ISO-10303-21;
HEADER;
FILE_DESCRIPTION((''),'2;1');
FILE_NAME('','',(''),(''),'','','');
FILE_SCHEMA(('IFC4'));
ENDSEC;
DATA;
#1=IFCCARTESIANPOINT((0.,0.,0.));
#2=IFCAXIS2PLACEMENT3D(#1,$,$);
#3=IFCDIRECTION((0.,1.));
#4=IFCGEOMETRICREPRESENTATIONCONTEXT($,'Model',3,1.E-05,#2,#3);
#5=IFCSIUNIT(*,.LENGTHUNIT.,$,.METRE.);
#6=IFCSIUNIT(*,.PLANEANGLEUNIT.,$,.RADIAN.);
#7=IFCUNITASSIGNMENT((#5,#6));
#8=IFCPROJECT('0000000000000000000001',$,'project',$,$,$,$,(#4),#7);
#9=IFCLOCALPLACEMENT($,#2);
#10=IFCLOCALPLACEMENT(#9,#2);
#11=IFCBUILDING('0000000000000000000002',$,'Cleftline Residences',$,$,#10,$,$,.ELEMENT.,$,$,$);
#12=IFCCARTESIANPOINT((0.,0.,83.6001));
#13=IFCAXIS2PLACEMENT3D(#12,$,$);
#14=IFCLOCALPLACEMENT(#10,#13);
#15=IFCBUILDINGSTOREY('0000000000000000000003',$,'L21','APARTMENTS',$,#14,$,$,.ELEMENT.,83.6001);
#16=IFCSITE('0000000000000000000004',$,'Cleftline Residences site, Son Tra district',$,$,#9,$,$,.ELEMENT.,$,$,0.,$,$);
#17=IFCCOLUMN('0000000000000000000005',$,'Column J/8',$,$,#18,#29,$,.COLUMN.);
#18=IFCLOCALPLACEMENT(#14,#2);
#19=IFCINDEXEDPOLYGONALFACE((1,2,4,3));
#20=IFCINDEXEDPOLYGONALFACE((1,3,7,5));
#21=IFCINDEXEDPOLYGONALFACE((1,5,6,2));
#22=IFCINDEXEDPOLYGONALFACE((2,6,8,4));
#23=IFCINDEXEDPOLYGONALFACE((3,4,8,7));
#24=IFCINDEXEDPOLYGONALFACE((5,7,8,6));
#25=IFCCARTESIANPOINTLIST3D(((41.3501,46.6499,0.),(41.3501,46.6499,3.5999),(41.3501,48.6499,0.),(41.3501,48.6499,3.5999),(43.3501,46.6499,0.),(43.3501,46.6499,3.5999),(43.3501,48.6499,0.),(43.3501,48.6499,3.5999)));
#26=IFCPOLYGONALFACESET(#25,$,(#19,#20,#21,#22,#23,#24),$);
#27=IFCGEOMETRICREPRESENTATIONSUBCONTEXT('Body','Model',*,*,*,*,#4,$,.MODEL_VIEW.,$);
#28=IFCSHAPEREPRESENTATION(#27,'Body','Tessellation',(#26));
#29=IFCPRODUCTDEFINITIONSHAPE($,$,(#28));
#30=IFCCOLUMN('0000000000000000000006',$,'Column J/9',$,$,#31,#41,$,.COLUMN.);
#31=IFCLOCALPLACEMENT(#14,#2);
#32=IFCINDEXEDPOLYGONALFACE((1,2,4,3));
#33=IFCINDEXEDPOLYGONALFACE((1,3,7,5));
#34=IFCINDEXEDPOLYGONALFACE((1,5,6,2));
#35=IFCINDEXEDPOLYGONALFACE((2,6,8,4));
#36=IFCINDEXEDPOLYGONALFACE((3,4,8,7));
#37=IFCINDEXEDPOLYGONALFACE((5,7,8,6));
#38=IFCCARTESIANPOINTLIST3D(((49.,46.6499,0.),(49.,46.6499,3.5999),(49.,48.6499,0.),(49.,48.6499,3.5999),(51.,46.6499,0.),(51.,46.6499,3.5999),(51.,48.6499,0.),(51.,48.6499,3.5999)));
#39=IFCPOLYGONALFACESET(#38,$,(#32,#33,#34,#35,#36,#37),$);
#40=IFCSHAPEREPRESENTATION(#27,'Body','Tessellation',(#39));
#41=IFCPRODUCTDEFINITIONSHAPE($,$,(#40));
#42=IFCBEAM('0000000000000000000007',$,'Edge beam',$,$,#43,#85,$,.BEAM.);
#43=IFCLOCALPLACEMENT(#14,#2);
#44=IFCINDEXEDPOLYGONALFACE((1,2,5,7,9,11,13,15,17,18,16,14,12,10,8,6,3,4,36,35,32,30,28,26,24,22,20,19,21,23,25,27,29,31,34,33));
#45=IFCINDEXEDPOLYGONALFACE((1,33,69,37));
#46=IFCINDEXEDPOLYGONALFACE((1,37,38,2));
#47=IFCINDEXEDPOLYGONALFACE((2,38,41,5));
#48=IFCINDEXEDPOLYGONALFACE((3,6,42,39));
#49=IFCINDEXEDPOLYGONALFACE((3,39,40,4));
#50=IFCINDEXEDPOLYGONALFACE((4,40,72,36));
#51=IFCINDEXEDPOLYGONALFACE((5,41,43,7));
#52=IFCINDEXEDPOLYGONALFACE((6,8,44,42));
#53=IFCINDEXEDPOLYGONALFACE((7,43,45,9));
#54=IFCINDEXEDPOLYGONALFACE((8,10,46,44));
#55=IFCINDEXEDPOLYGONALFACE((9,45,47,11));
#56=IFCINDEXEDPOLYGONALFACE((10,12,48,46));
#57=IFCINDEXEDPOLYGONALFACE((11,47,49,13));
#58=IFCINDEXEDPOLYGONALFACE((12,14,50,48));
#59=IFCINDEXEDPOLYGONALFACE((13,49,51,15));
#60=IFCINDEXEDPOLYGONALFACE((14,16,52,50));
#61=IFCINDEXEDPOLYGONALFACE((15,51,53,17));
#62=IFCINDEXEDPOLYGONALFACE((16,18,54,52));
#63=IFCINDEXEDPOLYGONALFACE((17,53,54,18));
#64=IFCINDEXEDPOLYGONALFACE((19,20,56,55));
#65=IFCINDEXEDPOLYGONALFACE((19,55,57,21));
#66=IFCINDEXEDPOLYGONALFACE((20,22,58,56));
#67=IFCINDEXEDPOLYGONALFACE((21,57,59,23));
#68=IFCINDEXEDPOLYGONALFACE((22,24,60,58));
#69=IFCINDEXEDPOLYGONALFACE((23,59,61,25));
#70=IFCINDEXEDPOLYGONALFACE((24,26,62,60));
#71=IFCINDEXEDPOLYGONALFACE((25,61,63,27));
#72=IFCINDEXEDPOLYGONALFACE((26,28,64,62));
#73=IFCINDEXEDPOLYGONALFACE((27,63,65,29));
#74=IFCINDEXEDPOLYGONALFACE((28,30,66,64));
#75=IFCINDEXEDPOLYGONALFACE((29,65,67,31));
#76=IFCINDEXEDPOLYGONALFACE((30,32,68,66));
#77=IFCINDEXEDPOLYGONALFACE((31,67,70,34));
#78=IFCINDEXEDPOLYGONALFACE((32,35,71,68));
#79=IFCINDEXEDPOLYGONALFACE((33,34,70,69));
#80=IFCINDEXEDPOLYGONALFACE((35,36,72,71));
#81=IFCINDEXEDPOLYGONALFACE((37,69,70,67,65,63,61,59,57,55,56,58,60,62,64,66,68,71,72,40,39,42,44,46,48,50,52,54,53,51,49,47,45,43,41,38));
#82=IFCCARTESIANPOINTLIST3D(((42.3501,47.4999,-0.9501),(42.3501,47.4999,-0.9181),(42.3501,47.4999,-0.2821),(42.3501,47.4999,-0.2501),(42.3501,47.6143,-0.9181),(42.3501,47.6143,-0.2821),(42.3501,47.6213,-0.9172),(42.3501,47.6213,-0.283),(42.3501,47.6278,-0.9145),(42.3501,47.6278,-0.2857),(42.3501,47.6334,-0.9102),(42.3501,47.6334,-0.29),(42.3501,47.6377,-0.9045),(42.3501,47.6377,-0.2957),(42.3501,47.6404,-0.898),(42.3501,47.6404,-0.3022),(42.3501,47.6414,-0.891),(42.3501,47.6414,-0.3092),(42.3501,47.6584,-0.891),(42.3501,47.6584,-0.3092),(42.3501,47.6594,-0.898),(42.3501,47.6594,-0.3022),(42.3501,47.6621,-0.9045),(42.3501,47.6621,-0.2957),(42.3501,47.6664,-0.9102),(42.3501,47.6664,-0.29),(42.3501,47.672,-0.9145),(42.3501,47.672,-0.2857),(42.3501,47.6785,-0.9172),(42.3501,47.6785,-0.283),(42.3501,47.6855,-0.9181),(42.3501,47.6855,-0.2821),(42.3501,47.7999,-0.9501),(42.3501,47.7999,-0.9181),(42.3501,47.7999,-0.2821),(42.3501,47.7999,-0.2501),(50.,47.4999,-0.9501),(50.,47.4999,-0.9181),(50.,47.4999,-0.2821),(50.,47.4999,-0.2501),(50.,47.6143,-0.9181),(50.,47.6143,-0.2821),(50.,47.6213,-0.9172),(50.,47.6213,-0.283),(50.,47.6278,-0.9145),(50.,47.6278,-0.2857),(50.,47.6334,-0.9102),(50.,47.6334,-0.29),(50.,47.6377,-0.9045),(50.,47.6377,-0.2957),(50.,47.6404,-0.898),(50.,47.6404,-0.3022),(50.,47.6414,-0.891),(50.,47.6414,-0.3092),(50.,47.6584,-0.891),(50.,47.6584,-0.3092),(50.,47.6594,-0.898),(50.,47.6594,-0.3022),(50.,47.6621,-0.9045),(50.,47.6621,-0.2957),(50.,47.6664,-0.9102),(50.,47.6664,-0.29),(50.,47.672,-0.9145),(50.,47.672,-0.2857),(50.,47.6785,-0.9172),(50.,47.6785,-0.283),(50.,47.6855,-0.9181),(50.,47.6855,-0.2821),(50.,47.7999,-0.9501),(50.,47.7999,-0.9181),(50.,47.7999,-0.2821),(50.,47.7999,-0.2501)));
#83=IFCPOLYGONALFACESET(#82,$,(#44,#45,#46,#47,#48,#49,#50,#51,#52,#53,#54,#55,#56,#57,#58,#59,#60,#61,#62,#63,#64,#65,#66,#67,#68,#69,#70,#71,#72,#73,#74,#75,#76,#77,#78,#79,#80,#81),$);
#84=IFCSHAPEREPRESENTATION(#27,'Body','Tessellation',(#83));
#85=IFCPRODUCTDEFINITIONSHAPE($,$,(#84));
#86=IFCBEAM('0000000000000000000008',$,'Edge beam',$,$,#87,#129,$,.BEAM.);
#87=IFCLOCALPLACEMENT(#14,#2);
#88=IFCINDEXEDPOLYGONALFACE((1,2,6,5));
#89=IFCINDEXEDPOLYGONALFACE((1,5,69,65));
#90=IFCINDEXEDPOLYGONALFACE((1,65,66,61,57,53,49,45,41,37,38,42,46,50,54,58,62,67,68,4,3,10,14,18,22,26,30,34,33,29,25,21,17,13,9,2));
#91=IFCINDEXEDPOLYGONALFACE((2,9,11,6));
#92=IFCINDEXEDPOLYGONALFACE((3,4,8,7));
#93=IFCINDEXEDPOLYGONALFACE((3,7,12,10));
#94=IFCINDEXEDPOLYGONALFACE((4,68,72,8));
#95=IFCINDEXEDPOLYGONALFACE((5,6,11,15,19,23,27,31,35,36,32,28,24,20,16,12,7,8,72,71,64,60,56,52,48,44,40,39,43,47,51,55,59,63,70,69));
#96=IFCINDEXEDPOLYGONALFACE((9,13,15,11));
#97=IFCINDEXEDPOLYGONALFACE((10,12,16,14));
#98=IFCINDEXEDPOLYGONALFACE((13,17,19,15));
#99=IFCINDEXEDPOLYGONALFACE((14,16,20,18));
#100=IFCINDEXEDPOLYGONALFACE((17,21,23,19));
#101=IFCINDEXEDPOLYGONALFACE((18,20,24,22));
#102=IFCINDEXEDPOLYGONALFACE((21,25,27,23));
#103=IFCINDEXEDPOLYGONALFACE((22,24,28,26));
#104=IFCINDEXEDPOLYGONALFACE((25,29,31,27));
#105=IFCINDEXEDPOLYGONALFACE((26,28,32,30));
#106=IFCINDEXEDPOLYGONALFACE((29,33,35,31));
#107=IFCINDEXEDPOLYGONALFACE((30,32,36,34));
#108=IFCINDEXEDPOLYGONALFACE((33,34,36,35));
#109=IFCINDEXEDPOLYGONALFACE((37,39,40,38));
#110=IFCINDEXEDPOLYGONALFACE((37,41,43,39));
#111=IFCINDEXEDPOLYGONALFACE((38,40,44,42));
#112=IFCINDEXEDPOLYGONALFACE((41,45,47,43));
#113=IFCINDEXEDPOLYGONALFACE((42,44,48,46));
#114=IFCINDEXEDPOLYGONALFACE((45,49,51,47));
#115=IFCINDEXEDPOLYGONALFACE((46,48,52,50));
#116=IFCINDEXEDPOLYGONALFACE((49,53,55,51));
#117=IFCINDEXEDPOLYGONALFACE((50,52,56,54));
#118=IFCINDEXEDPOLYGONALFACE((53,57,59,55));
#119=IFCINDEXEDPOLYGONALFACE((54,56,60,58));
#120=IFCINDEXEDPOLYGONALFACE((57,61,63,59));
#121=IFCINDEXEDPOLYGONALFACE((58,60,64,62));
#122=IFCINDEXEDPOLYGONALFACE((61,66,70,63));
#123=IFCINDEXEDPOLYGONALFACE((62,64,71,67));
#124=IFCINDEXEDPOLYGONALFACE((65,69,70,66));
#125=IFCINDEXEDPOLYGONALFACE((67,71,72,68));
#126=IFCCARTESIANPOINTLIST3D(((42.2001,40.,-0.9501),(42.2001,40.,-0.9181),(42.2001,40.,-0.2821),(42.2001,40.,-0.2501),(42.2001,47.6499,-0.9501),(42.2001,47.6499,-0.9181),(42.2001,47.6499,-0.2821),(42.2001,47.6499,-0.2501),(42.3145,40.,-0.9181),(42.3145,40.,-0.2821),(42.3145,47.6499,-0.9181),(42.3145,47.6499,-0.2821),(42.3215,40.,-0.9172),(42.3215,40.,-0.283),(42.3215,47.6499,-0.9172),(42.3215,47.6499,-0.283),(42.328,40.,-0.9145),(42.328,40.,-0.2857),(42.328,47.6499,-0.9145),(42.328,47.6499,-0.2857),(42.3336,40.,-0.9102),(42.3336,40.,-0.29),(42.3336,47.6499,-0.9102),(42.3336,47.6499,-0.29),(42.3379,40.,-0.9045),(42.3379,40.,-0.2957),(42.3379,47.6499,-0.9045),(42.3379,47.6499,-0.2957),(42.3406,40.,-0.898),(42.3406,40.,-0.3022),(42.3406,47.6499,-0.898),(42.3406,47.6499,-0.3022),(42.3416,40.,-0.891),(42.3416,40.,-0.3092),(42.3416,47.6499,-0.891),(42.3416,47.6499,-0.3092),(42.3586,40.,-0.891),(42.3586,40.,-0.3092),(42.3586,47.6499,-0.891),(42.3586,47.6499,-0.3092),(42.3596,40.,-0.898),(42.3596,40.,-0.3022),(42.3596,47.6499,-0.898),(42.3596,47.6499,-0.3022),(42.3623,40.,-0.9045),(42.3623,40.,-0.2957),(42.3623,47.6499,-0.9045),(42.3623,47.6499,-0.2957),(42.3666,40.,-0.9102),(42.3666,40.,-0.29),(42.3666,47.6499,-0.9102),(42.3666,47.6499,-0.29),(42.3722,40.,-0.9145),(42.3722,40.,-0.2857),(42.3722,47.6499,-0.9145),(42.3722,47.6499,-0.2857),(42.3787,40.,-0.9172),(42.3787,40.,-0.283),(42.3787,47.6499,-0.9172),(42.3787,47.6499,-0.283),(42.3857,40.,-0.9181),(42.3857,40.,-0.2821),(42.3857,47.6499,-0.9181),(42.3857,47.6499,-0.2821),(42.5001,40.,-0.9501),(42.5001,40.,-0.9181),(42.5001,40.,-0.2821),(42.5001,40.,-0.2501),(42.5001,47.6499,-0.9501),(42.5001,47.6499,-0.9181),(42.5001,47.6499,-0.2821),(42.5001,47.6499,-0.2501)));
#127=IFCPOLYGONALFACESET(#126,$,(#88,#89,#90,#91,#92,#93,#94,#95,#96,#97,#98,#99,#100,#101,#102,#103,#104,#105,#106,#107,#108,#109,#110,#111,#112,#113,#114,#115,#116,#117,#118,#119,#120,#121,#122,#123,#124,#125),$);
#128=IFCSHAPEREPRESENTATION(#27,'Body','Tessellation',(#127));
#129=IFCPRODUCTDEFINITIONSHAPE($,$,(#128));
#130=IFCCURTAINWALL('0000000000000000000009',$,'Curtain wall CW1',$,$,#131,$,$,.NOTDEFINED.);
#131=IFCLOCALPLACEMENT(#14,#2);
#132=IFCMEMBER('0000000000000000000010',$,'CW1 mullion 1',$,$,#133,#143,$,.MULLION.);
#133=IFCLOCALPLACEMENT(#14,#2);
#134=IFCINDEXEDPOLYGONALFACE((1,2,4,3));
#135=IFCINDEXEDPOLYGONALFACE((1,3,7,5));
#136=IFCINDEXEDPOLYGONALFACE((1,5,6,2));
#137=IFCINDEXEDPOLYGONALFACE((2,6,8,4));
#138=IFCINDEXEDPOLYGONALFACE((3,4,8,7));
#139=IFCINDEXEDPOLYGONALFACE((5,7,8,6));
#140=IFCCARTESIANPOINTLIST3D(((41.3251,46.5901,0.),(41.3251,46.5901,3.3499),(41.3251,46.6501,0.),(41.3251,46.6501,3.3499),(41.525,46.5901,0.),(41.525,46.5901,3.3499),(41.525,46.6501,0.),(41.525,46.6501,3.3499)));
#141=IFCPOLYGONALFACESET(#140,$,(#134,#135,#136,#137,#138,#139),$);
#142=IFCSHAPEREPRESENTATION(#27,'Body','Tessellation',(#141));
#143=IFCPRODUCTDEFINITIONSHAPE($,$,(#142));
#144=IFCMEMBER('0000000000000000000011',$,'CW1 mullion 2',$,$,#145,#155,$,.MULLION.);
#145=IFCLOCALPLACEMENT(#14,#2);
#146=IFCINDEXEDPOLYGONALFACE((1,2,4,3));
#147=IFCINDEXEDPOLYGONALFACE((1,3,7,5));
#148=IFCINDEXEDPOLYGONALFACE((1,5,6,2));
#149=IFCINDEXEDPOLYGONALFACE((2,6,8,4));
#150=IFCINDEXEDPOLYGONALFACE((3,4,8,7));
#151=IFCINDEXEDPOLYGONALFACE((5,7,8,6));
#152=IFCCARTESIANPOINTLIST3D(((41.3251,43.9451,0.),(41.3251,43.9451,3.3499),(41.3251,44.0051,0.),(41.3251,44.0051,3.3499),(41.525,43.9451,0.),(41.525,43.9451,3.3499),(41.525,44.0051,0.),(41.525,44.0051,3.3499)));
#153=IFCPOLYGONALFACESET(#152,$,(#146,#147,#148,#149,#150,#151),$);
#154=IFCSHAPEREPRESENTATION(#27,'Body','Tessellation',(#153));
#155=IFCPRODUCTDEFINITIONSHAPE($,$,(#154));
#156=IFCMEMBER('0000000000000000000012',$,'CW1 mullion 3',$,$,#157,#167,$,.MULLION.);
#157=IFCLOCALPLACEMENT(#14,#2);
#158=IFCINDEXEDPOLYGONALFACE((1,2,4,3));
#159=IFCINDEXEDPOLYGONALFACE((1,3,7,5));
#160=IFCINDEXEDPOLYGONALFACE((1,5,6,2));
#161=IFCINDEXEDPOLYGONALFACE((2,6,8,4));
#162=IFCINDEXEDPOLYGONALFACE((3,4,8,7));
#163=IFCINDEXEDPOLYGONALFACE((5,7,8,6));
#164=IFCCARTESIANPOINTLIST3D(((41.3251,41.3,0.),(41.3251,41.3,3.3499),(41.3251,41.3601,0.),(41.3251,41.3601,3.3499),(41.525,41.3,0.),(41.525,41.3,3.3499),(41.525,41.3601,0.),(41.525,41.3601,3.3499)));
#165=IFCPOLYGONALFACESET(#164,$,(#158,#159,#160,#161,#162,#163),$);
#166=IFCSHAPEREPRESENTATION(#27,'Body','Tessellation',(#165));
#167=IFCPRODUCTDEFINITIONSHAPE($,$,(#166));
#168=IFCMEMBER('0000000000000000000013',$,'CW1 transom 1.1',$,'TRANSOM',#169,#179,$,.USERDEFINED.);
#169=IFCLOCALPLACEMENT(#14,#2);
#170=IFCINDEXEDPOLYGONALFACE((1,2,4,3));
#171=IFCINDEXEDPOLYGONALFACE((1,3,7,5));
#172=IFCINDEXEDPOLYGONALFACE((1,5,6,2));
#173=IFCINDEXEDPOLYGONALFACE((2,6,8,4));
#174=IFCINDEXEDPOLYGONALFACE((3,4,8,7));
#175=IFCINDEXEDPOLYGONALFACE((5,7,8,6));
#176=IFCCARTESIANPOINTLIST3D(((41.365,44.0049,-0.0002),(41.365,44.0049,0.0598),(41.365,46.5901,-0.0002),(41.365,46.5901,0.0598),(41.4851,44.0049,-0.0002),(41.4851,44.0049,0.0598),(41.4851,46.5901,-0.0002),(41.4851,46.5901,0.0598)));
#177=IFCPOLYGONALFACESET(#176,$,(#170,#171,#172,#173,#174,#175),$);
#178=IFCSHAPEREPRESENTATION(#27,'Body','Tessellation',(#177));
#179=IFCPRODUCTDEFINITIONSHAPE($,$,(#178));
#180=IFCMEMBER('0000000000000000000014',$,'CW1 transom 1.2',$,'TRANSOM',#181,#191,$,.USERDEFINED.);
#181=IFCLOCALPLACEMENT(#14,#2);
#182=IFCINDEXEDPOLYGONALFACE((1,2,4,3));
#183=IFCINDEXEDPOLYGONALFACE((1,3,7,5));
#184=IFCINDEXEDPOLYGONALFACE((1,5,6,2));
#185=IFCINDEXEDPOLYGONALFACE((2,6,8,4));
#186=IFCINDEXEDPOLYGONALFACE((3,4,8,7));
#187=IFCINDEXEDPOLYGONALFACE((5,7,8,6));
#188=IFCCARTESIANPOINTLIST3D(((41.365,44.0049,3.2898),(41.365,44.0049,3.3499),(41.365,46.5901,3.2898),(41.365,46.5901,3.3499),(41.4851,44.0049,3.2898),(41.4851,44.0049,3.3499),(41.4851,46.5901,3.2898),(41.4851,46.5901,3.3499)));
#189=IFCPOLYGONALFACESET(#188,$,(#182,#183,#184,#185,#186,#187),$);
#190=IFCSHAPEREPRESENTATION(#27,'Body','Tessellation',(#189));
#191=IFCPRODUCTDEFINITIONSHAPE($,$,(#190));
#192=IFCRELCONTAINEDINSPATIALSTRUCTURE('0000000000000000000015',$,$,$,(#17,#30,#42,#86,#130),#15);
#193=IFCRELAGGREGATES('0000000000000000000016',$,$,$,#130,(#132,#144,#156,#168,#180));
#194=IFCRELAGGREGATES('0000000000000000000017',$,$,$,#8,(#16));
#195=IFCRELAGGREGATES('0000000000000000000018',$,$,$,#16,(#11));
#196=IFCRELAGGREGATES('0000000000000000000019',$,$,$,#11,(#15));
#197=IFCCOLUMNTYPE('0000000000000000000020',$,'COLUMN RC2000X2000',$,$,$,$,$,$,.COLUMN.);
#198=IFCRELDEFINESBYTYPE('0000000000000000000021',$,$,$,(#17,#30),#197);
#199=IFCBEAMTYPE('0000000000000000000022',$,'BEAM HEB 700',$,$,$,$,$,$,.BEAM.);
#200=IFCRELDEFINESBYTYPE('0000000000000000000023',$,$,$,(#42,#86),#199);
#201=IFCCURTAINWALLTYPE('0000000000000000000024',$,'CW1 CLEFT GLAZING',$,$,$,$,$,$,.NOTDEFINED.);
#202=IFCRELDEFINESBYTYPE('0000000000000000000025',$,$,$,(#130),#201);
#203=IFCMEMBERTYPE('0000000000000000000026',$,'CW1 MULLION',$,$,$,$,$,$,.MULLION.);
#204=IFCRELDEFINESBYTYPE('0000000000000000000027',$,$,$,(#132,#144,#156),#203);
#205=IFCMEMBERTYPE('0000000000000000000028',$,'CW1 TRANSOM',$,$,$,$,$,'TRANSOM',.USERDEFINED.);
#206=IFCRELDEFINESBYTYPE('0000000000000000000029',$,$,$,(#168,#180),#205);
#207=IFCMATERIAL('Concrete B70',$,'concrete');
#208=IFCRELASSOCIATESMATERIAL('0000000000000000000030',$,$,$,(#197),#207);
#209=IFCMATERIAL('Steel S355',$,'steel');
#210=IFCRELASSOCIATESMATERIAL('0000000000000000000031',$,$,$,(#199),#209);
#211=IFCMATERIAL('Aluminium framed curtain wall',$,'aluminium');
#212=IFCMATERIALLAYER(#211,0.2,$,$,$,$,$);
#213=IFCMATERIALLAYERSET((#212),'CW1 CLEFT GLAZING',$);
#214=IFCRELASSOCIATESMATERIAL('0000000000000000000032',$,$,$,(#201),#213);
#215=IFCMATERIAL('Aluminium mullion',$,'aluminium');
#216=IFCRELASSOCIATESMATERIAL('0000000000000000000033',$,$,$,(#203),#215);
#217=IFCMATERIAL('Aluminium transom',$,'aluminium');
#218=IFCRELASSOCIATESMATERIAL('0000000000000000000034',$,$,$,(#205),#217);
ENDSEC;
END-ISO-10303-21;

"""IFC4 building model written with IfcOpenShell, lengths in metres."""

from ifc_helpers import new_model, si_unit, direction, frame, origin, origin_2d, place, context, subcontext, project, spatial, rectangle, i_section, extrude, material, layer, layer_set, material_profile, profile_set, type_object, element, aggregate, save


model = new_model("IFC4")

# Units and contexts
model_context = context("Model", 3, precision=1e-05, world=origin(), true_north=direction((0.0, 1.0)))
body_context = subcontext(model_context, "Body", "Model", "MODEL_VIEW")
ifc_project = project(units=[si_unit("LENGTHUNIT", "METRE"), si_unit("PLANEANGLEUNIT", "RADIAN")], contexts=[model_context])

# Site, building, storey
site_placement = place(None, origin())
site = spatial("IfcSite", under=ifc_project, at=site_placement, Name="Cleftline Residences site, Son Tra district", CompositionType="ELEMENT", RefElevation=0.0)
building_placement = place(site_placement, origin())
building = spatial("IfcBuilding", under=site, at=building_placement, Name="Cleftline Residences", CompositionType="ELEMENT")
storey_placement = place(building_placement, frame((0.0, 0.0, 83.6001)))
storey = spatial("IfcBuildingStorey", under=building, at=storey_placement, Name="L21", Description="APARTMENTS", CompositionType="ELEMENT", Elevation=83.6001)

# Columns
ifc_material_1 = material(Name="Concrete B70", Category="concrete")
ifc_material_profile_1 = material_profile(ifc_material_1, rectangle(XDim=2.0, YDim=2.0, at=origin_2d()))
ifc_profile_set_1 = profile_set([ifc_material_profile_1], Name="Concrete B70")
column_type = type_object("IfcColumnType", Name="COLUMN RC2000X2000", PredefinedType="COLUMN", material=ifc_profile_set_1)
for number, where, z_axis, x_axis, name in (
    (1, (42.3501, 47.6499, 0.0), (0.0, 0.0, 1.0), (1.0, 0.0, 0.0), "Column J/8"),
    (2, (50.0, 47.6499, 0.0), (0.0, 0.0, 1.0), (1.0, 0.0, 0.0), "Column J/9"),
):
    element("IfcColumn", number, at=place(storey_placement, frame(where, z_axis=z_axis, x_axis=x_axis)), inside=storey, type_object=column_type, Name=name, PredefinedType="COLUMN", context=body_context, shape_type="SweptSolid", body=[
        extrude(rectangle(XDim=2.0, YDim=2.0, at=origin_2d()), origin(), (0.0, 0.0, 1.0), 3.5999),
    ])

# Beams
ifc_material_2 = material(Name="Steel S355", Category="steel")
ifc_material_profile_2 = material_profile(ifc_material_2, i_section(OverallWidth=0.3, OverallDepth=0.7, WebThickness=0.0171, FlangeThickness=0.032, FilletRadius=0.0271, at=origin_2d()))
ifc_profile_set_2 = profile_set([ifc_material_profile_2], Name="Steel S355")
beam_type = type_object("IfcBeamType", Name="BEAM HEB 700", PredefinedType="BEAM", material=ifc_profile_set_2)
for number, where, z_axis, x_axis, name in (
    (3, (50.0, 47.6499, -0.6001), (-1.0, 0.0, 0.0), (0.0, -1.0, 0.0), "Edge beam"),
    (4, (42.3501, 47.6499, -0.6001), (0.0, -1.0, 0.0), (1.0, 0.0, 0.0), "Edge beam"),
):
    element("IfcBeam", number, at=place(storey_placement, frame(where, z_axis=z_axis, x_axis=x_axis)), inside=storey, type_object=beam_type, Name=name, PredefinedType="BEAM", context=body_context, shape_type="SweptSolid", body=[
        extrude(i_section(OverallWidth=0.3, OverallDepth=0.7, WebThickness=0.0171, FlangeThickness=0.032, FilletRadius=0.0271, at=origin_2d()), origin(), (0.0, 0.0, 1.0), 7.6499),
    ])

# Curtain wall, members
ifc_material_3 = material(Name="Aluminium framed curtain wall", Category="aluminium")
ifc_layer_1 = layer(ifc_material_3, 0.2)
ifc_layer_set_1 = layer_set([ifc_layer_1], Name="CW1 CLEFT GLAZING")
curtain_wall_type = type_object("IfcCurtainWallType", Name="CW1 CLEFT GLAZING", PredefinedType="NOTDEFINED", material=ifc_layer_set_1)
curtain_wall_placement = place(storey_placement, origin())
curtain_wall = element("IfcCurtainWall", 5, at=curtain_wall_placement, inside=storey, type_object=curtain_wall_type, Name="Curtain wall CW1", PredefinedType="NOTDEFINED")
ifc_material_4 = material(Name="Aluminium mullion", Category="aluminium")
ifc_material_profile_3 = material_profile(ifc_material_4, rectangle(XDim=0.2, YDim=0.0601, at=origin_2d()))
ifc_profile_set_3 = profile_set([ifc_material_profile_3], Name="Aluminium mullion")
member_type_1 = type_object("IfcMemberType", Name="CW1 MULLION", PredefinedType="MULLION", material=ifc_profile_set_3)
member_1_placement = place(storey_placement, frame((41.425, 46.6201, 0.0), z_axis=(0.0, 0.0, 1.0), x_axis=(1.0, 0.0, 0.0)))
member_1 = element("IfcMember", 6, at=member_1_placement, type_object=member_type_1, Name="CW1 mullion 1", PredefinedType="MULLION", context=body_context, shape_type="SweptSolid", body=[
    extrude(rectangle(XDim=0.2, YDim=0.0601, at=origin_2d()), origin(), (0.0, 0.0, 1.0), 3.3499),
])
member_2_placement = place(storey_placement, frame((41.425, 43.9751, 0.0), z_axis=(0.0, 0.0, 1.0), x_axis=(1.0, 0.0, 0.0)))
member_2 = element("IfcMember", 7, at=member_2_placement, type_object=member_type_1, Name="CW1 mullion 2", PredefinedType="MULLION", context=body_context, shape_type="SweptSolid", body=[
    extrude(rectangle(XDim=0.2, YDim=0.0601, at=origin_2d()), origin(), (0.0, 0.0, 1.0), 3.3499),
])
member_3_placement = place(storey_placement, frame((41.425, 41.3301, 0.0), z_axis=(0.0, 0.0, 1.0), x_axis=(1.0, 0.0, 0.0)))
member_3 = element("IfcMember", 8, at=member_3_placement, type_object=member_type_1, Name="CW1 mullion 3", PredefinedType="MULLION", context=body_context, shape_type="SweptSolid", body=[
    extrude(rectangle(XDim=0.2, YDim=0.0601, at=origin_2d()), origin(), (0.0, 0.0, 1.0), 3.3499),
])
ifc_material_5 = material(Name="Aluminium transom", Category="aluminium")
ifc_material_profile_4 = material_profile(ifc_material_5, rectangle(XDim=0.1201, YDim=0.0601, at=origin_2d()))
ifc_profile_set_4 = profile_set([ifc_material_profile_4], Name="Aluminium transom")
member_type_2 = type_object("IfcMemberType", Name="CW1 TRANSOM", ElementType="TRANSOM", PredefinedType="USERDEFINED", material=ifc_profile_set_4)
member_4_placement = place(storey_placement, frame((41.425, 46.5901, 0.0298), z_axis=(0.0, -1.0, 0.0), x_axis=(1.0, 0.0, 0.0)))
member_4 = element("IfcMember", 9, at=member_4_placement, type_object=member_type_2, Name="CW1 transom 1.1", ObjectType="TRANSOM", PredefinedType="USERDEFINED", context=body_context, shape_type="SweptSolid", body=[
    extrude(rectangle(XDim=0.1201, YDim=0.0601, at=origin_2d()), origin(), (0.0, 0.0, 1.0), 2.5852),
])
member_5_placement = place(storey_placement, frame((41.425, 46.5901, 3.3198), z_axis=(0.0, -1.0, 0.0), x_axis=(1.0, 0.0, 0.0)))
member_5 = element("IfcMember", 10, at=member_5_placement, type_object=member_type_2, Name="CW1 transom 1.2", ObjectType="TRANSOM", PredefinedType="USERDEFINED", context=body_context, shape_type="SweptSolid", body=[
    extrude(rectangle(XDim=0.1201, YDim=0.0601, at=origin_2d()), origin(), (0.0, 0.0, 1.0), 2.5852),
])
aggregate(curtain_wall, [member_1, member_2, member_3, member_4, member_5])

save(model, "model.ifc")
